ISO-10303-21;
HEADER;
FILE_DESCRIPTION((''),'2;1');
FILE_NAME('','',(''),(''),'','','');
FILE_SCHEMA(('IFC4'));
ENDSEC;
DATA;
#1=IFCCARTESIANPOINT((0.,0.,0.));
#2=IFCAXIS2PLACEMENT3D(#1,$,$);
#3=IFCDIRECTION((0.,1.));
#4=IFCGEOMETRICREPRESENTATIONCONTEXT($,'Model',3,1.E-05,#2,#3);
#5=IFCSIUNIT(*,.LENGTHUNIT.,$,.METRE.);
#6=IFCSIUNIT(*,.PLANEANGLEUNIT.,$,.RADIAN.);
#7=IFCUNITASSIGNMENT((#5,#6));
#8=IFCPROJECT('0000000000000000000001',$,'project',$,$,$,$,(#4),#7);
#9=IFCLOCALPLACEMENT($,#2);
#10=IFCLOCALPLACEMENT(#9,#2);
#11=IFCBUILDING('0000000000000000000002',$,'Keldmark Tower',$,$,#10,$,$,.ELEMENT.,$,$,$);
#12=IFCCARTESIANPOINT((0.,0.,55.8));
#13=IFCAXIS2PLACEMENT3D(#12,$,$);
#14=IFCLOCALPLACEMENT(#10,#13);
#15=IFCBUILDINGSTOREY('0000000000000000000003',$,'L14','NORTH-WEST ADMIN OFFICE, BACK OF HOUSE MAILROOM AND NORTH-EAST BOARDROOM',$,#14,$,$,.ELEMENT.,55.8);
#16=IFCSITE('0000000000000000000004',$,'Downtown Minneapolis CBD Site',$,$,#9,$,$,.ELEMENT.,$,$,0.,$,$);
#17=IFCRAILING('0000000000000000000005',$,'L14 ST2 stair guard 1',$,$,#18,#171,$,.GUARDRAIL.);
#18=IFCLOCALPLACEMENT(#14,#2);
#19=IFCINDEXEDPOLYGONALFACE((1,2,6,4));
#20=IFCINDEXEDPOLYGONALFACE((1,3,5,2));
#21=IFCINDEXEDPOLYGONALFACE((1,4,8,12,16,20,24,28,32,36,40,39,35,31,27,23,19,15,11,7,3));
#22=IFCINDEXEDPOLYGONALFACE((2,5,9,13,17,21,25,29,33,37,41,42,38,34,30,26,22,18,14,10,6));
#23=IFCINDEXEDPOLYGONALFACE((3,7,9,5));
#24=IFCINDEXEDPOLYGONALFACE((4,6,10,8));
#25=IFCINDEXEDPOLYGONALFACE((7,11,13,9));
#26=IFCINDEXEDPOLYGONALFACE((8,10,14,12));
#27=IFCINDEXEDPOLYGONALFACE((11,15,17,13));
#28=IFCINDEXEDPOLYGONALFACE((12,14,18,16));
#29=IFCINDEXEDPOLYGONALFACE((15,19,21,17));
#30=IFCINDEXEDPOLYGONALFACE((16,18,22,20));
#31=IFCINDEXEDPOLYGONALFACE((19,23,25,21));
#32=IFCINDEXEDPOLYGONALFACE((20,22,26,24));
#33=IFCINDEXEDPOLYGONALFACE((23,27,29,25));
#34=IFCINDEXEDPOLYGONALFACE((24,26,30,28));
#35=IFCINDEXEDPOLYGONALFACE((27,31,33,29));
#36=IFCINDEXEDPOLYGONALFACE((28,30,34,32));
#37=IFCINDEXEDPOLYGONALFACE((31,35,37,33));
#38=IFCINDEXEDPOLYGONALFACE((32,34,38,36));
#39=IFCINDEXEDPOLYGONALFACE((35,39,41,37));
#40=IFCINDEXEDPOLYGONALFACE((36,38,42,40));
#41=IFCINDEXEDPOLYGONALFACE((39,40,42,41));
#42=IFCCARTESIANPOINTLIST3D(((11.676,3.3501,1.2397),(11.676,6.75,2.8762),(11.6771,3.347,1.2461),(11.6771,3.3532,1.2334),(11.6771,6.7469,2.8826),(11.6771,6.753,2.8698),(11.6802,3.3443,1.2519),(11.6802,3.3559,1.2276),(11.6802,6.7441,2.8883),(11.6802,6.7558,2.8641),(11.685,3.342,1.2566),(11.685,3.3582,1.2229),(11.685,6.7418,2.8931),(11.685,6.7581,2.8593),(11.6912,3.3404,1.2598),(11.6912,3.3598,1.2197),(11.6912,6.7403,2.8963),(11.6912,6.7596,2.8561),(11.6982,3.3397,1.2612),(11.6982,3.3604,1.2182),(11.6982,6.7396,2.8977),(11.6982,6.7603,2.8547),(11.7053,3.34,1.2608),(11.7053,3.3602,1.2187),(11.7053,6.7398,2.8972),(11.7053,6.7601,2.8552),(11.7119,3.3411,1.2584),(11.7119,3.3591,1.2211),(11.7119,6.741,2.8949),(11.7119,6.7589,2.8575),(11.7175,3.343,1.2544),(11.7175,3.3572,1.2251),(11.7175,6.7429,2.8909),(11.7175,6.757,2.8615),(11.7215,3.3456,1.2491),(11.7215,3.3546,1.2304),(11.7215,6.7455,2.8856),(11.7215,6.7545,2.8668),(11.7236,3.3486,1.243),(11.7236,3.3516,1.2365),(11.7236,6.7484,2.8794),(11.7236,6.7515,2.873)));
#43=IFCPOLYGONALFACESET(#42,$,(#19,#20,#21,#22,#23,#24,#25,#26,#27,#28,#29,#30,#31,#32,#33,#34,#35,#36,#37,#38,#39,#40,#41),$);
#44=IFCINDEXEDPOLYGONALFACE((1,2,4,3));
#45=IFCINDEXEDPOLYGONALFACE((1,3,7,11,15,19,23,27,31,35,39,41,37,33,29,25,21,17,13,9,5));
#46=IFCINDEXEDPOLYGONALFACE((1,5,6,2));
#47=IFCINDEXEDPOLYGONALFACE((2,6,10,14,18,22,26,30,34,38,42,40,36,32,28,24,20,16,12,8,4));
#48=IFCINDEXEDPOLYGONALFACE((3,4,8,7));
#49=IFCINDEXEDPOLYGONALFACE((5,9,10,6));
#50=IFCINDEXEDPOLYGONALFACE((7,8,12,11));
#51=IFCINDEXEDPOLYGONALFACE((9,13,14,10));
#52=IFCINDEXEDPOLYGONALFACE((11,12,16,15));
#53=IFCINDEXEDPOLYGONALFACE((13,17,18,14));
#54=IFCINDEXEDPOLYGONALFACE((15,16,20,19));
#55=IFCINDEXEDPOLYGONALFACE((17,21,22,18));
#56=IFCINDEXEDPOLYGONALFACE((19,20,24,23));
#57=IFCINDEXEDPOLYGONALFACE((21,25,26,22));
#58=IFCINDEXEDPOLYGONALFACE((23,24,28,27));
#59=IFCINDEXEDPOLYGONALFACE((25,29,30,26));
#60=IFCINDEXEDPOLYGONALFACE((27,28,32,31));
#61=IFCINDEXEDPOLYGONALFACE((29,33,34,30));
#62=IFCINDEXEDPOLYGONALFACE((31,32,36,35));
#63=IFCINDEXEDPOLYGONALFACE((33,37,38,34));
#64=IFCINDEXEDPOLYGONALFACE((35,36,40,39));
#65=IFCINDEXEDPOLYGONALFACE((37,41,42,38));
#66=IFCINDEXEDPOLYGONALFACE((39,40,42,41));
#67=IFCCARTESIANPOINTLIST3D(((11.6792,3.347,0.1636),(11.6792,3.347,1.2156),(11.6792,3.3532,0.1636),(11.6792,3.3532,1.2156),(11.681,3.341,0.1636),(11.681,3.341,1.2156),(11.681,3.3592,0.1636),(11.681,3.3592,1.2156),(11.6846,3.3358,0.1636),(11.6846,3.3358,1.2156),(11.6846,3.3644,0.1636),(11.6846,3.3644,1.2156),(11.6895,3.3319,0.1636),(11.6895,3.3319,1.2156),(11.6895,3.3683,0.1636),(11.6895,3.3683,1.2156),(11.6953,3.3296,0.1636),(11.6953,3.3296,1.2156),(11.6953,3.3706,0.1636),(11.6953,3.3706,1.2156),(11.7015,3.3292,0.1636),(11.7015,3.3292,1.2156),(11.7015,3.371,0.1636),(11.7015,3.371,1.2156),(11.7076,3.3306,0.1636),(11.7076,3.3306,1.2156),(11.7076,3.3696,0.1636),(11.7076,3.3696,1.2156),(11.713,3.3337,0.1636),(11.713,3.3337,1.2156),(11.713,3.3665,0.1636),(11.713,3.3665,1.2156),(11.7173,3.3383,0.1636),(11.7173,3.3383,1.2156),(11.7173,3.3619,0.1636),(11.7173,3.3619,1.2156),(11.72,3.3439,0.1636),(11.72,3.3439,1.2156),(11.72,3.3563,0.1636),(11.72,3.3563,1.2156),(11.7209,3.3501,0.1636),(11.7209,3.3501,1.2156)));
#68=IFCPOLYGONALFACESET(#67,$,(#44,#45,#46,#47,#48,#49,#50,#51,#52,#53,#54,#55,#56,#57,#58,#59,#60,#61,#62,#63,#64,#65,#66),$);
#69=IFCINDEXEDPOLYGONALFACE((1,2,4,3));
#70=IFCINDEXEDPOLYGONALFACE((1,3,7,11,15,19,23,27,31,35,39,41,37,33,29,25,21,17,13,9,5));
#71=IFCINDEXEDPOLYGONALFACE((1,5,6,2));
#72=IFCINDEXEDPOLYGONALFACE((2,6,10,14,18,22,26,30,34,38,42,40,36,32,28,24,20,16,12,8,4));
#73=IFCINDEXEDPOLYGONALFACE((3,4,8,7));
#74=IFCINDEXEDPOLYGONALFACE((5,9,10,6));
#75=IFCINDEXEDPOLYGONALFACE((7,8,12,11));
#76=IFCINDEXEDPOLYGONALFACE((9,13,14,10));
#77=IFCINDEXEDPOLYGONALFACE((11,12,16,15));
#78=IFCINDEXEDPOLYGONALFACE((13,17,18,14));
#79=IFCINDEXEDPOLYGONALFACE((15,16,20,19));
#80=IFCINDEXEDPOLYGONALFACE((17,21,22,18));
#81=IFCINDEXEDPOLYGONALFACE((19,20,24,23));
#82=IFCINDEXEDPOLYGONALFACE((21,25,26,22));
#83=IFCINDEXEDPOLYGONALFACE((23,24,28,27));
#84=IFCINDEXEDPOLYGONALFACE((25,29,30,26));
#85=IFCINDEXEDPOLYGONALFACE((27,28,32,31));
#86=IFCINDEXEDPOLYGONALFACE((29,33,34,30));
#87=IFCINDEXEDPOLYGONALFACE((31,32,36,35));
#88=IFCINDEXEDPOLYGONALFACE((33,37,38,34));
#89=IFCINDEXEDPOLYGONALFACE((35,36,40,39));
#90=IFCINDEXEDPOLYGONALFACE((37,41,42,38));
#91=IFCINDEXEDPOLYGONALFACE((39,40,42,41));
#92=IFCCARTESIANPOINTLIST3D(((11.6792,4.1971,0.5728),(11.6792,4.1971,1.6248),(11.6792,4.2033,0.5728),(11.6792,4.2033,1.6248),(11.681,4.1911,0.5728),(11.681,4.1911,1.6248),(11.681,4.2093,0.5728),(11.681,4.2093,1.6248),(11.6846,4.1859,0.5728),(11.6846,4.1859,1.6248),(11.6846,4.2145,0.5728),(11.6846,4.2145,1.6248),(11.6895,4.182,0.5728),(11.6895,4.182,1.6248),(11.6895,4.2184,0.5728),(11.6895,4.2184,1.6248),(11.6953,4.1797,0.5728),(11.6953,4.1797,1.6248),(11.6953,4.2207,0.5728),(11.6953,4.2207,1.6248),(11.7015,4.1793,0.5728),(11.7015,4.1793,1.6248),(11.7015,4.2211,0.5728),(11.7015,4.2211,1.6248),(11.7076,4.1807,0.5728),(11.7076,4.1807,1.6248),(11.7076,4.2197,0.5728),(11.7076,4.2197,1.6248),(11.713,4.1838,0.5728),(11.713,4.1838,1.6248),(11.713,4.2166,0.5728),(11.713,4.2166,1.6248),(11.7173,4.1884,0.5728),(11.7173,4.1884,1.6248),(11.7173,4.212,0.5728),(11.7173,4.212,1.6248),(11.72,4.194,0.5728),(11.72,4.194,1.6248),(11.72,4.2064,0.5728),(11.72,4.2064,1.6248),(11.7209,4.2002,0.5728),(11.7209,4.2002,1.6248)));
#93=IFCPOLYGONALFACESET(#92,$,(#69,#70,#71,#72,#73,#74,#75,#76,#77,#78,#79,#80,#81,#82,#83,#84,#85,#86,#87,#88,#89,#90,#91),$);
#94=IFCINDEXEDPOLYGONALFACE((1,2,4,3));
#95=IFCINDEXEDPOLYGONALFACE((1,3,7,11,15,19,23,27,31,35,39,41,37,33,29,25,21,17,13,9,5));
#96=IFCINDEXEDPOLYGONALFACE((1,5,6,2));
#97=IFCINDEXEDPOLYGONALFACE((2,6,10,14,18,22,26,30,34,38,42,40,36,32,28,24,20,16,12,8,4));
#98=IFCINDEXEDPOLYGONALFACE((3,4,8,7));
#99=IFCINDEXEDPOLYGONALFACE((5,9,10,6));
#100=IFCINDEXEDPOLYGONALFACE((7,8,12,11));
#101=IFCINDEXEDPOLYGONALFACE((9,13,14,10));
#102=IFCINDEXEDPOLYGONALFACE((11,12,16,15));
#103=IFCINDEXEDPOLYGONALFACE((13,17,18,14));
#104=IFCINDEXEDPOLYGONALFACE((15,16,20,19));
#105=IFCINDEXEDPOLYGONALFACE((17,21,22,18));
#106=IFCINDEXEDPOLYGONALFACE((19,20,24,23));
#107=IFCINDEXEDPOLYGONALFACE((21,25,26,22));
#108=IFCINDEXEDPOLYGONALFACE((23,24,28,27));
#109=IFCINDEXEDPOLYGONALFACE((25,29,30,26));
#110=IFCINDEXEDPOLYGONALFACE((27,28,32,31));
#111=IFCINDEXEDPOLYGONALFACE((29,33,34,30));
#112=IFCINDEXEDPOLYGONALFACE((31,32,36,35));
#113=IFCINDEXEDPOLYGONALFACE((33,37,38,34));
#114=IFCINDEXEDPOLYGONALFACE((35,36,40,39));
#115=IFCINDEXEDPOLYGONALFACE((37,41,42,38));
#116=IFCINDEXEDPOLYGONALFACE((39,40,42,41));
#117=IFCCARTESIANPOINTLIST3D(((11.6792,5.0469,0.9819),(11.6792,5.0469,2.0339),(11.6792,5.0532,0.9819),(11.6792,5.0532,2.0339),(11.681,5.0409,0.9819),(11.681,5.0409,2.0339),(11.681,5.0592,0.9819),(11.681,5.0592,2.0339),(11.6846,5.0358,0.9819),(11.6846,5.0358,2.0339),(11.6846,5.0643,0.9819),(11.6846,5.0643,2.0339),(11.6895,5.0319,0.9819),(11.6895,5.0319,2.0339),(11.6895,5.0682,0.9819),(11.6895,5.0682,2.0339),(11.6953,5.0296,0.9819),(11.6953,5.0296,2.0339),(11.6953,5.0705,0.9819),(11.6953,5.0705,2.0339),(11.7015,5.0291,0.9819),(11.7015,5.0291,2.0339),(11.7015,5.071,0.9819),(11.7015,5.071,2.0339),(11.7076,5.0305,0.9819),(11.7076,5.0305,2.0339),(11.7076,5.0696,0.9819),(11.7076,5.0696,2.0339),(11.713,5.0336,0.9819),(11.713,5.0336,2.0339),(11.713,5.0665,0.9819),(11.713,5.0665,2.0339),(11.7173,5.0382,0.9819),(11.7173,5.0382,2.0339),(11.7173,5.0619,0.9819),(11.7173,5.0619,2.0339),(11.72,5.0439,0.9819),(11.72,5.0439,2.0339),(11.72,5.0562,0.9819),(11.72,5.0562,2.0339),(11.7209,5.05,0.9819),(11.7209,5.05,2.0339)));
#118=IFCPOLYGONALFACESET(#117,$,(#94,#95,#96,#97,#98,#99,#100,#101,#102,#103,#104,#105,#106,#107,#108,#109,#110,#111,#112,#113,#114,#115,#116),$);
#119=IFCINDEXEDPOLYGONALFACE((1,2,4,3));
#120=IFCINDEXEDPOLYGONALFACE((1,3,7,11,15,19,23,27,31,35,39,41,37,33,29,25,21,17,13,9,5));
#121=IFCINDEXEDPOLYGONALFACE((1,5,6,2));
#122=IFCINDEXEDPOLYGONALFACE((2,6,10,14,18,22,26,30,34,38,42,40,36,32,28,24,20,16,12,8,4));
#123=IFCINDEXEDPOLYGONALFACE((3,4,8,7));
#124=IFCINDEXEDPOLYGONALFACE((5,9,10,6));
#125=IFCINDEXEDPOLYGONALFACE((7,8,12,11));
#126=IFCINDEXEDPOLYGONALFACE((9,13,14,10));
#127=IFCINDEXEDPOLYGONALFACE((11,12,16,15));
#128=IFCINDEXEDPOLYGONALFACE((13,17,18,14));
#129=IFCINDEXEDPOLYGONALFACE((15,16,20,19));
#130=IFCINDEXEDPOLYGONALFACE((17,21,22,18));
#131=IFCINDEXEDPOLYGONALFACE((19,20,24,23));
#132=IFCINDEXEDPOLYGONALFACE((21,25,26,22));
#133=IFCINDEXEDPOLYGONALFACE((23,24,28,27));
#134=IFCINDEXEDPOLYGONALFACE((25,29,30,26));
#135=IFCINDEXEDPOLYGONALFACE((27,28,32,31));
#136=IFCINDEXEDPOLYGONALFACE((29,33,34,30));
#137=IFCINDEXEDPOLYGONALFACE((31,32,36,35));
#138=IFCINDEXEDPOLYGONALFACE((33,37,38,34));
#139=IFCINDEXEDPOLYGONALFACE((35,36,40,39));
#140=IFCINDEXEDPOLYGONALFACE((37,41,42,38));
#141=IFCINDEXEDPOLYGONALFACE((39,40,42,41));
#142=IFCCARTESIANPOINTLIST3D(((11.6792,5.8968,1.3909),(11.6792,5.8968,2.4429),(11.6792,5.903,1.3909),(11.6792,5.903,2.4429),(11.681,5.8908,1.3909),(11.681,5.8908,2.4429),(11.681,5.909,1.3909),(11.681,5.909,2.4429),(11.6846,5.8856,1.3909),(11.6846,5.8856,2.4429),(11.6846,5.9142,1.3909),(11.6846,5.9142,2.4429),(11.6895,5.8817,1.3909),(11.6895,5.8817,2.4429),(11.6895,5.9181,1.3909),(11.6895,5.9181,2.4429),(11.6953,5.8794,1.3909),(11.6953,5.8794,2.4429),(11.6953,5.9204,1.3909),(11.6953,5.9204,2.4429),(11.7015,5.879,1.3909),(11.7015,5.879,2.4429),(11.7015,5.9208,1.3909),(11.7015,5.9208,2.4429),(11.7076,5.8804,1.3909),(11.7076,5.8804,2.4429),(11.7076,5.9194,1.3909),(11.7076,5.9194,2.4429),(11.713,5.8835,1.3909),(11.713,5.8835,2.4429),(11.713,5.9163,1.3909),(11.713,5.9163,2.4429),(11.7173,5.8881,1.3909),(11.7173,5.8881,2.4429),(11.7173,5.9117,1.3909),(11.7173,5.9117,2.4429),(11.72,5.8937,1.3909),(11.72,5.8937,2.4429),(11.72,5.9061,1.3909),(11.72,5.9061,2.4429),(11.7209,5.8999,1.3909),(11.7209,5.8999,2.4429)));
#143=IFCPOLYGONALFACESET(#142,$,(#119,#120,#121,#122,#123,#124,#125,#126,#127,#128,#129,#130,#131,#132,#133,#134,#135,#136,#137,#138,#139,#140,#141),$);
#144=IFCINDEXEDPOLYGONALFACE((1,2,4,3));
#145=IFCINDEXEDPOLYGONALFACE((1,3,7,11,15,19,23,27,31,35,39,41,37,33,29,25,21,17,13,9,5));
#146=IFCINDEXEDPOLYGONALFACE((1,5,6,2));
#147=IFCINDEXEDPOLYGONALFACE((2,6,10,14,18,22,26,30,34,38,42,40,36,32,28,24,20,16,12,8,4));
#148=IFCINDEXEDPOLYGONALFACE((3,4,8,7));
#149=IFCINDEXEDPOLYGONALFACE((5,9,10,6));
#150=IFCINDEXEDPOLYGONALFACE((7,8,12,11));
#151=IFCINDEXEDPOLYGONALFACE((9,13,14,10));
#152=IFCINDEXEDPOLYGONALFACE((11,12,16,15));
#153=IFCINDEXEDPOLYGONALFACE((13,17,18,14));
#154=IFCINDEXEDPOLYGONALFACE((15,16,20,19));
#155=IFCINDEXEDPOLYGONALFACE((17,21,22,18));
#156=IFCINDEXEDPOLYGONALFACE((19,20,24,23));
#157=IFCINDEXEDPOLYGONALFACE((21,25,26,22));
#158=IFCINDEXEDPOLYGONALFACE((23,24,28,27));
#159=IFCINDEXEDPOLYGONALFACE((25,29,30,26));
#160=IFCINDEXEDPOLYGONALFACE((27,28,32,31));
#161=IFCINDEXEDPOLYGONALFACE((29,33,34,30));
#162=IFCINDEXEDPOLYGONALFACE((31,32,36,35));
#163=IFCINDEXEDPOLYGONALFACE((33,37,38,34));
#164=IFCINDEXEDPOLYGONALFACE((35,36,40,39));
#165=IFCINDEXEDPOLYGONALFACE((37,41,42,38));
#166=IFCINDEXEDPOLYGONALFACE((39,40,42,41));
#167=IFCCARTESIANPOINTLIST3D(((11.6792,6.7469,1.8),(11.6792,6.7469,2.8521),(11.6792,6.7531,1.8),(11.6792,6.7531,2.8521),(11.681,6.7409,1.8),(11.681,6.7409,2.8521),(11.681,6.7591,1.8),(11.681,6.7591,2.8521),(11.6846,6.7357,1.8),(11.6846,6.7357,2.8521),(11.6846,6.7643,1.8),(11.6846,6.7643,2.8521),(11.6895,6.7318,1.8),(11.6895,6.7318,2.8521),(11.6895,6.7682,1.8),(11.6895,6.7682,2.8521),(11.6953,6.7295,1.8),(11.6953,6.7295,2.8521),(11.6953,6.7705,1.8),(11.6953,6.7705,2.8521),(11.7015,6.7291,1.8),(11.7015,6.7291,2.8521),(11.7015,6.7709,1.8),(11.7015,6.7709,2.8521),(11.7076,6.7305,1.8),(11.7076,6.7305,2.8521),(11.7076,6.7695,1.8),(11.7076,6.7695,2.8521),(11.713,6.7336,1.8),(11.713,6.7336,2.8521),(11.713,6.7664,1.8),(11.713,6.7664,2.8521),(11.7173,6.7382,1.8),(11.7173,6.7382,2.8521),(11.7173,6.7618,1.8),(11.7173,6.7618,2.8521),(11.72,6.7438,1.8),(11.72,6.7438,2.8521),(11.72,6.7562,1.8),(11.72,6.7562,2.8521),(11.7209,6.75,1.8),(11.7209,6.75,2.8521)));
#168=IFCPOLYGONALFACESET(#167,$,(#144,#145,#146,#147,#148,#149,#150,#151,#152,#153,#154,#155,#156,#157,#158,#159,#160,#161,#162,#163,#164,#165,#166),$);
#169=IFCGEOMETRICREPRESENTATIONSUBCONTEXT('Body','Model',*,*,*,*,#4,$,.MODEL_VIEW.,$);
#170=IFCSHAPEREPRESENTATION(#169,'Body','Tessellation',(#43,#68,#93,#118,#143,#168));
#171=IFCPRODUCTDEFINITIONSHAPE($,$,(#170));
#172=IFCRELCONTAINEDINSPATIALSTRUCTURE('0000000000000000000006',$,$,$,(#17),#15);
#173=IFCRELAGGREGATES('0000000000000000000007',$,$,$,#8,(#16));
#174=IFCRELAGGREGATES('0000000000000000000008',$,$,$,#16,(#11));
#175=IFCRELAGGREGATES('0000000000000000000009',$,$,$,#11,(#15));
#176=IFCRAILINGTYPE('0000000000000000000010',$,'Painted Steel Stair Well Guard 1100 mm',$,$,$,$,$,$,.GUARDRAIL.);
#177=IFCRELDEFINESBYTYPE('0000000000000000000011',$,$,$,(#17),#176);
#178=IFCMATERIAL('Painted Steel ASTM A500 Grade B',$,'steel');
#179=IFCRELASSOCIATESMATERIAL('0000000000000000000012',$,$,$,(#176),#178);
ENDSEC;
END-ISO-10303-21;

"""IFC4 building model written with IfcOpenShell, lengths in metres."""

from ifc_helpers import new_model, si_unit, direction, frame, origin, origin_2d, place, context, subcontext, project, spatial, circle, extrude, material, type_object, element, save


model = new_model("IFC4")

# Units and contexts
model_context = context("Model", 3, precision=1e-05, world=origin(), true_north=direction((0.0, 1.0)))
body_context = subcontext(model_context, "Body", "Model", "MODEL_VIEW")
ifc_project = project(units=[si_unit("LENGTHUNIT", "METRE"), si_unit("PLANEANGLEUNIT", "RADIAN")], contexts=[model_context])

# Site, building, storey
site_placement = place(None, origin())
site = spatial("IfcSite", under=ifc_project, at=site_placement, Name="Downtown Minneapolis CBD Site", CompositionType="ELEMENT", RefElevation=0.0)
building_placement = place(site_placement, origin())
building = spatial("IfcBuilding", under=site, at=building_placement, Name="Keldmark Tower", CompositionType="ELEMENT")
storey_placement = place(building_placement, frame((0.0, 0.0, 55.8)))
storey = spatial("IfcBuildingStorey", under=building, at=storey_placement, Name="L14", Description="NORTH-WEST ADMIN OFFICE, BACK OF HOUSE MAILROOM AND NORTH-EAST BOARDROOM", CompositionType="ELEMENT", Elevation=55.8)

# Railing
ifc_material_1 = material(Name="Painted Steel ASTM A500 Grade B", Category="steel")
railing_type_1 = type_object("IfcRailingType", Name="Painted Steel Stair Well Guard 1100 mm", PredefinedType="GUARDRAIL", material=ifc_material_1)
railing_1_placement = place(storey_placement, frame((11.7, 3.3501, 0.1636)))
element("IfcRailing", 1, at=railing_1_placement, inside=storey, type_object=railing_type_1, Name="L14 ST2 stair guard 1", PredefinedType="GUARDRAIL", context=body_context, shape_type="SweptSolid", body=[
    extrude(circle(Radius=0.0239, at=origin_2d()), frame((0.0, 0.0, 1.0762), z_axis=(0.0, 0.901055, 0.433705), x_axis=(-1.0, 0.0, 0.0)), (0.0, 0.0, 1.0), 3.7732),
    extrude(circle(Radius=0.021, at=origin_2d()), origin(), (0.0, 0.0, 1.0), 1.052),
    extrude(circle(Radius=0.021, at=origin_2d()), frame((0.0, 0.8501, 0.4092)), (0.0, 0.0, 1.0), 1.052),
    extrude(circle(Radius=0.021, at=origin_2d()), frame((0.0, 1.7, 0.8184)), (0.0, 0.0, 1.0), 1.052),
    extrude(circle(Radius=0.021, at=origin_2d()), frame((0.0, 2.5498, 1.2273)), (0.0, 0.0, 1.0), 1.052),
    extrude(circle(Radius=0.021, at=origin_2d()), frame((0.0, 3.3999, 1.6365)), (0.0, 0.0, 1.0), 1.052),
])

save(model, "model.ifc")
